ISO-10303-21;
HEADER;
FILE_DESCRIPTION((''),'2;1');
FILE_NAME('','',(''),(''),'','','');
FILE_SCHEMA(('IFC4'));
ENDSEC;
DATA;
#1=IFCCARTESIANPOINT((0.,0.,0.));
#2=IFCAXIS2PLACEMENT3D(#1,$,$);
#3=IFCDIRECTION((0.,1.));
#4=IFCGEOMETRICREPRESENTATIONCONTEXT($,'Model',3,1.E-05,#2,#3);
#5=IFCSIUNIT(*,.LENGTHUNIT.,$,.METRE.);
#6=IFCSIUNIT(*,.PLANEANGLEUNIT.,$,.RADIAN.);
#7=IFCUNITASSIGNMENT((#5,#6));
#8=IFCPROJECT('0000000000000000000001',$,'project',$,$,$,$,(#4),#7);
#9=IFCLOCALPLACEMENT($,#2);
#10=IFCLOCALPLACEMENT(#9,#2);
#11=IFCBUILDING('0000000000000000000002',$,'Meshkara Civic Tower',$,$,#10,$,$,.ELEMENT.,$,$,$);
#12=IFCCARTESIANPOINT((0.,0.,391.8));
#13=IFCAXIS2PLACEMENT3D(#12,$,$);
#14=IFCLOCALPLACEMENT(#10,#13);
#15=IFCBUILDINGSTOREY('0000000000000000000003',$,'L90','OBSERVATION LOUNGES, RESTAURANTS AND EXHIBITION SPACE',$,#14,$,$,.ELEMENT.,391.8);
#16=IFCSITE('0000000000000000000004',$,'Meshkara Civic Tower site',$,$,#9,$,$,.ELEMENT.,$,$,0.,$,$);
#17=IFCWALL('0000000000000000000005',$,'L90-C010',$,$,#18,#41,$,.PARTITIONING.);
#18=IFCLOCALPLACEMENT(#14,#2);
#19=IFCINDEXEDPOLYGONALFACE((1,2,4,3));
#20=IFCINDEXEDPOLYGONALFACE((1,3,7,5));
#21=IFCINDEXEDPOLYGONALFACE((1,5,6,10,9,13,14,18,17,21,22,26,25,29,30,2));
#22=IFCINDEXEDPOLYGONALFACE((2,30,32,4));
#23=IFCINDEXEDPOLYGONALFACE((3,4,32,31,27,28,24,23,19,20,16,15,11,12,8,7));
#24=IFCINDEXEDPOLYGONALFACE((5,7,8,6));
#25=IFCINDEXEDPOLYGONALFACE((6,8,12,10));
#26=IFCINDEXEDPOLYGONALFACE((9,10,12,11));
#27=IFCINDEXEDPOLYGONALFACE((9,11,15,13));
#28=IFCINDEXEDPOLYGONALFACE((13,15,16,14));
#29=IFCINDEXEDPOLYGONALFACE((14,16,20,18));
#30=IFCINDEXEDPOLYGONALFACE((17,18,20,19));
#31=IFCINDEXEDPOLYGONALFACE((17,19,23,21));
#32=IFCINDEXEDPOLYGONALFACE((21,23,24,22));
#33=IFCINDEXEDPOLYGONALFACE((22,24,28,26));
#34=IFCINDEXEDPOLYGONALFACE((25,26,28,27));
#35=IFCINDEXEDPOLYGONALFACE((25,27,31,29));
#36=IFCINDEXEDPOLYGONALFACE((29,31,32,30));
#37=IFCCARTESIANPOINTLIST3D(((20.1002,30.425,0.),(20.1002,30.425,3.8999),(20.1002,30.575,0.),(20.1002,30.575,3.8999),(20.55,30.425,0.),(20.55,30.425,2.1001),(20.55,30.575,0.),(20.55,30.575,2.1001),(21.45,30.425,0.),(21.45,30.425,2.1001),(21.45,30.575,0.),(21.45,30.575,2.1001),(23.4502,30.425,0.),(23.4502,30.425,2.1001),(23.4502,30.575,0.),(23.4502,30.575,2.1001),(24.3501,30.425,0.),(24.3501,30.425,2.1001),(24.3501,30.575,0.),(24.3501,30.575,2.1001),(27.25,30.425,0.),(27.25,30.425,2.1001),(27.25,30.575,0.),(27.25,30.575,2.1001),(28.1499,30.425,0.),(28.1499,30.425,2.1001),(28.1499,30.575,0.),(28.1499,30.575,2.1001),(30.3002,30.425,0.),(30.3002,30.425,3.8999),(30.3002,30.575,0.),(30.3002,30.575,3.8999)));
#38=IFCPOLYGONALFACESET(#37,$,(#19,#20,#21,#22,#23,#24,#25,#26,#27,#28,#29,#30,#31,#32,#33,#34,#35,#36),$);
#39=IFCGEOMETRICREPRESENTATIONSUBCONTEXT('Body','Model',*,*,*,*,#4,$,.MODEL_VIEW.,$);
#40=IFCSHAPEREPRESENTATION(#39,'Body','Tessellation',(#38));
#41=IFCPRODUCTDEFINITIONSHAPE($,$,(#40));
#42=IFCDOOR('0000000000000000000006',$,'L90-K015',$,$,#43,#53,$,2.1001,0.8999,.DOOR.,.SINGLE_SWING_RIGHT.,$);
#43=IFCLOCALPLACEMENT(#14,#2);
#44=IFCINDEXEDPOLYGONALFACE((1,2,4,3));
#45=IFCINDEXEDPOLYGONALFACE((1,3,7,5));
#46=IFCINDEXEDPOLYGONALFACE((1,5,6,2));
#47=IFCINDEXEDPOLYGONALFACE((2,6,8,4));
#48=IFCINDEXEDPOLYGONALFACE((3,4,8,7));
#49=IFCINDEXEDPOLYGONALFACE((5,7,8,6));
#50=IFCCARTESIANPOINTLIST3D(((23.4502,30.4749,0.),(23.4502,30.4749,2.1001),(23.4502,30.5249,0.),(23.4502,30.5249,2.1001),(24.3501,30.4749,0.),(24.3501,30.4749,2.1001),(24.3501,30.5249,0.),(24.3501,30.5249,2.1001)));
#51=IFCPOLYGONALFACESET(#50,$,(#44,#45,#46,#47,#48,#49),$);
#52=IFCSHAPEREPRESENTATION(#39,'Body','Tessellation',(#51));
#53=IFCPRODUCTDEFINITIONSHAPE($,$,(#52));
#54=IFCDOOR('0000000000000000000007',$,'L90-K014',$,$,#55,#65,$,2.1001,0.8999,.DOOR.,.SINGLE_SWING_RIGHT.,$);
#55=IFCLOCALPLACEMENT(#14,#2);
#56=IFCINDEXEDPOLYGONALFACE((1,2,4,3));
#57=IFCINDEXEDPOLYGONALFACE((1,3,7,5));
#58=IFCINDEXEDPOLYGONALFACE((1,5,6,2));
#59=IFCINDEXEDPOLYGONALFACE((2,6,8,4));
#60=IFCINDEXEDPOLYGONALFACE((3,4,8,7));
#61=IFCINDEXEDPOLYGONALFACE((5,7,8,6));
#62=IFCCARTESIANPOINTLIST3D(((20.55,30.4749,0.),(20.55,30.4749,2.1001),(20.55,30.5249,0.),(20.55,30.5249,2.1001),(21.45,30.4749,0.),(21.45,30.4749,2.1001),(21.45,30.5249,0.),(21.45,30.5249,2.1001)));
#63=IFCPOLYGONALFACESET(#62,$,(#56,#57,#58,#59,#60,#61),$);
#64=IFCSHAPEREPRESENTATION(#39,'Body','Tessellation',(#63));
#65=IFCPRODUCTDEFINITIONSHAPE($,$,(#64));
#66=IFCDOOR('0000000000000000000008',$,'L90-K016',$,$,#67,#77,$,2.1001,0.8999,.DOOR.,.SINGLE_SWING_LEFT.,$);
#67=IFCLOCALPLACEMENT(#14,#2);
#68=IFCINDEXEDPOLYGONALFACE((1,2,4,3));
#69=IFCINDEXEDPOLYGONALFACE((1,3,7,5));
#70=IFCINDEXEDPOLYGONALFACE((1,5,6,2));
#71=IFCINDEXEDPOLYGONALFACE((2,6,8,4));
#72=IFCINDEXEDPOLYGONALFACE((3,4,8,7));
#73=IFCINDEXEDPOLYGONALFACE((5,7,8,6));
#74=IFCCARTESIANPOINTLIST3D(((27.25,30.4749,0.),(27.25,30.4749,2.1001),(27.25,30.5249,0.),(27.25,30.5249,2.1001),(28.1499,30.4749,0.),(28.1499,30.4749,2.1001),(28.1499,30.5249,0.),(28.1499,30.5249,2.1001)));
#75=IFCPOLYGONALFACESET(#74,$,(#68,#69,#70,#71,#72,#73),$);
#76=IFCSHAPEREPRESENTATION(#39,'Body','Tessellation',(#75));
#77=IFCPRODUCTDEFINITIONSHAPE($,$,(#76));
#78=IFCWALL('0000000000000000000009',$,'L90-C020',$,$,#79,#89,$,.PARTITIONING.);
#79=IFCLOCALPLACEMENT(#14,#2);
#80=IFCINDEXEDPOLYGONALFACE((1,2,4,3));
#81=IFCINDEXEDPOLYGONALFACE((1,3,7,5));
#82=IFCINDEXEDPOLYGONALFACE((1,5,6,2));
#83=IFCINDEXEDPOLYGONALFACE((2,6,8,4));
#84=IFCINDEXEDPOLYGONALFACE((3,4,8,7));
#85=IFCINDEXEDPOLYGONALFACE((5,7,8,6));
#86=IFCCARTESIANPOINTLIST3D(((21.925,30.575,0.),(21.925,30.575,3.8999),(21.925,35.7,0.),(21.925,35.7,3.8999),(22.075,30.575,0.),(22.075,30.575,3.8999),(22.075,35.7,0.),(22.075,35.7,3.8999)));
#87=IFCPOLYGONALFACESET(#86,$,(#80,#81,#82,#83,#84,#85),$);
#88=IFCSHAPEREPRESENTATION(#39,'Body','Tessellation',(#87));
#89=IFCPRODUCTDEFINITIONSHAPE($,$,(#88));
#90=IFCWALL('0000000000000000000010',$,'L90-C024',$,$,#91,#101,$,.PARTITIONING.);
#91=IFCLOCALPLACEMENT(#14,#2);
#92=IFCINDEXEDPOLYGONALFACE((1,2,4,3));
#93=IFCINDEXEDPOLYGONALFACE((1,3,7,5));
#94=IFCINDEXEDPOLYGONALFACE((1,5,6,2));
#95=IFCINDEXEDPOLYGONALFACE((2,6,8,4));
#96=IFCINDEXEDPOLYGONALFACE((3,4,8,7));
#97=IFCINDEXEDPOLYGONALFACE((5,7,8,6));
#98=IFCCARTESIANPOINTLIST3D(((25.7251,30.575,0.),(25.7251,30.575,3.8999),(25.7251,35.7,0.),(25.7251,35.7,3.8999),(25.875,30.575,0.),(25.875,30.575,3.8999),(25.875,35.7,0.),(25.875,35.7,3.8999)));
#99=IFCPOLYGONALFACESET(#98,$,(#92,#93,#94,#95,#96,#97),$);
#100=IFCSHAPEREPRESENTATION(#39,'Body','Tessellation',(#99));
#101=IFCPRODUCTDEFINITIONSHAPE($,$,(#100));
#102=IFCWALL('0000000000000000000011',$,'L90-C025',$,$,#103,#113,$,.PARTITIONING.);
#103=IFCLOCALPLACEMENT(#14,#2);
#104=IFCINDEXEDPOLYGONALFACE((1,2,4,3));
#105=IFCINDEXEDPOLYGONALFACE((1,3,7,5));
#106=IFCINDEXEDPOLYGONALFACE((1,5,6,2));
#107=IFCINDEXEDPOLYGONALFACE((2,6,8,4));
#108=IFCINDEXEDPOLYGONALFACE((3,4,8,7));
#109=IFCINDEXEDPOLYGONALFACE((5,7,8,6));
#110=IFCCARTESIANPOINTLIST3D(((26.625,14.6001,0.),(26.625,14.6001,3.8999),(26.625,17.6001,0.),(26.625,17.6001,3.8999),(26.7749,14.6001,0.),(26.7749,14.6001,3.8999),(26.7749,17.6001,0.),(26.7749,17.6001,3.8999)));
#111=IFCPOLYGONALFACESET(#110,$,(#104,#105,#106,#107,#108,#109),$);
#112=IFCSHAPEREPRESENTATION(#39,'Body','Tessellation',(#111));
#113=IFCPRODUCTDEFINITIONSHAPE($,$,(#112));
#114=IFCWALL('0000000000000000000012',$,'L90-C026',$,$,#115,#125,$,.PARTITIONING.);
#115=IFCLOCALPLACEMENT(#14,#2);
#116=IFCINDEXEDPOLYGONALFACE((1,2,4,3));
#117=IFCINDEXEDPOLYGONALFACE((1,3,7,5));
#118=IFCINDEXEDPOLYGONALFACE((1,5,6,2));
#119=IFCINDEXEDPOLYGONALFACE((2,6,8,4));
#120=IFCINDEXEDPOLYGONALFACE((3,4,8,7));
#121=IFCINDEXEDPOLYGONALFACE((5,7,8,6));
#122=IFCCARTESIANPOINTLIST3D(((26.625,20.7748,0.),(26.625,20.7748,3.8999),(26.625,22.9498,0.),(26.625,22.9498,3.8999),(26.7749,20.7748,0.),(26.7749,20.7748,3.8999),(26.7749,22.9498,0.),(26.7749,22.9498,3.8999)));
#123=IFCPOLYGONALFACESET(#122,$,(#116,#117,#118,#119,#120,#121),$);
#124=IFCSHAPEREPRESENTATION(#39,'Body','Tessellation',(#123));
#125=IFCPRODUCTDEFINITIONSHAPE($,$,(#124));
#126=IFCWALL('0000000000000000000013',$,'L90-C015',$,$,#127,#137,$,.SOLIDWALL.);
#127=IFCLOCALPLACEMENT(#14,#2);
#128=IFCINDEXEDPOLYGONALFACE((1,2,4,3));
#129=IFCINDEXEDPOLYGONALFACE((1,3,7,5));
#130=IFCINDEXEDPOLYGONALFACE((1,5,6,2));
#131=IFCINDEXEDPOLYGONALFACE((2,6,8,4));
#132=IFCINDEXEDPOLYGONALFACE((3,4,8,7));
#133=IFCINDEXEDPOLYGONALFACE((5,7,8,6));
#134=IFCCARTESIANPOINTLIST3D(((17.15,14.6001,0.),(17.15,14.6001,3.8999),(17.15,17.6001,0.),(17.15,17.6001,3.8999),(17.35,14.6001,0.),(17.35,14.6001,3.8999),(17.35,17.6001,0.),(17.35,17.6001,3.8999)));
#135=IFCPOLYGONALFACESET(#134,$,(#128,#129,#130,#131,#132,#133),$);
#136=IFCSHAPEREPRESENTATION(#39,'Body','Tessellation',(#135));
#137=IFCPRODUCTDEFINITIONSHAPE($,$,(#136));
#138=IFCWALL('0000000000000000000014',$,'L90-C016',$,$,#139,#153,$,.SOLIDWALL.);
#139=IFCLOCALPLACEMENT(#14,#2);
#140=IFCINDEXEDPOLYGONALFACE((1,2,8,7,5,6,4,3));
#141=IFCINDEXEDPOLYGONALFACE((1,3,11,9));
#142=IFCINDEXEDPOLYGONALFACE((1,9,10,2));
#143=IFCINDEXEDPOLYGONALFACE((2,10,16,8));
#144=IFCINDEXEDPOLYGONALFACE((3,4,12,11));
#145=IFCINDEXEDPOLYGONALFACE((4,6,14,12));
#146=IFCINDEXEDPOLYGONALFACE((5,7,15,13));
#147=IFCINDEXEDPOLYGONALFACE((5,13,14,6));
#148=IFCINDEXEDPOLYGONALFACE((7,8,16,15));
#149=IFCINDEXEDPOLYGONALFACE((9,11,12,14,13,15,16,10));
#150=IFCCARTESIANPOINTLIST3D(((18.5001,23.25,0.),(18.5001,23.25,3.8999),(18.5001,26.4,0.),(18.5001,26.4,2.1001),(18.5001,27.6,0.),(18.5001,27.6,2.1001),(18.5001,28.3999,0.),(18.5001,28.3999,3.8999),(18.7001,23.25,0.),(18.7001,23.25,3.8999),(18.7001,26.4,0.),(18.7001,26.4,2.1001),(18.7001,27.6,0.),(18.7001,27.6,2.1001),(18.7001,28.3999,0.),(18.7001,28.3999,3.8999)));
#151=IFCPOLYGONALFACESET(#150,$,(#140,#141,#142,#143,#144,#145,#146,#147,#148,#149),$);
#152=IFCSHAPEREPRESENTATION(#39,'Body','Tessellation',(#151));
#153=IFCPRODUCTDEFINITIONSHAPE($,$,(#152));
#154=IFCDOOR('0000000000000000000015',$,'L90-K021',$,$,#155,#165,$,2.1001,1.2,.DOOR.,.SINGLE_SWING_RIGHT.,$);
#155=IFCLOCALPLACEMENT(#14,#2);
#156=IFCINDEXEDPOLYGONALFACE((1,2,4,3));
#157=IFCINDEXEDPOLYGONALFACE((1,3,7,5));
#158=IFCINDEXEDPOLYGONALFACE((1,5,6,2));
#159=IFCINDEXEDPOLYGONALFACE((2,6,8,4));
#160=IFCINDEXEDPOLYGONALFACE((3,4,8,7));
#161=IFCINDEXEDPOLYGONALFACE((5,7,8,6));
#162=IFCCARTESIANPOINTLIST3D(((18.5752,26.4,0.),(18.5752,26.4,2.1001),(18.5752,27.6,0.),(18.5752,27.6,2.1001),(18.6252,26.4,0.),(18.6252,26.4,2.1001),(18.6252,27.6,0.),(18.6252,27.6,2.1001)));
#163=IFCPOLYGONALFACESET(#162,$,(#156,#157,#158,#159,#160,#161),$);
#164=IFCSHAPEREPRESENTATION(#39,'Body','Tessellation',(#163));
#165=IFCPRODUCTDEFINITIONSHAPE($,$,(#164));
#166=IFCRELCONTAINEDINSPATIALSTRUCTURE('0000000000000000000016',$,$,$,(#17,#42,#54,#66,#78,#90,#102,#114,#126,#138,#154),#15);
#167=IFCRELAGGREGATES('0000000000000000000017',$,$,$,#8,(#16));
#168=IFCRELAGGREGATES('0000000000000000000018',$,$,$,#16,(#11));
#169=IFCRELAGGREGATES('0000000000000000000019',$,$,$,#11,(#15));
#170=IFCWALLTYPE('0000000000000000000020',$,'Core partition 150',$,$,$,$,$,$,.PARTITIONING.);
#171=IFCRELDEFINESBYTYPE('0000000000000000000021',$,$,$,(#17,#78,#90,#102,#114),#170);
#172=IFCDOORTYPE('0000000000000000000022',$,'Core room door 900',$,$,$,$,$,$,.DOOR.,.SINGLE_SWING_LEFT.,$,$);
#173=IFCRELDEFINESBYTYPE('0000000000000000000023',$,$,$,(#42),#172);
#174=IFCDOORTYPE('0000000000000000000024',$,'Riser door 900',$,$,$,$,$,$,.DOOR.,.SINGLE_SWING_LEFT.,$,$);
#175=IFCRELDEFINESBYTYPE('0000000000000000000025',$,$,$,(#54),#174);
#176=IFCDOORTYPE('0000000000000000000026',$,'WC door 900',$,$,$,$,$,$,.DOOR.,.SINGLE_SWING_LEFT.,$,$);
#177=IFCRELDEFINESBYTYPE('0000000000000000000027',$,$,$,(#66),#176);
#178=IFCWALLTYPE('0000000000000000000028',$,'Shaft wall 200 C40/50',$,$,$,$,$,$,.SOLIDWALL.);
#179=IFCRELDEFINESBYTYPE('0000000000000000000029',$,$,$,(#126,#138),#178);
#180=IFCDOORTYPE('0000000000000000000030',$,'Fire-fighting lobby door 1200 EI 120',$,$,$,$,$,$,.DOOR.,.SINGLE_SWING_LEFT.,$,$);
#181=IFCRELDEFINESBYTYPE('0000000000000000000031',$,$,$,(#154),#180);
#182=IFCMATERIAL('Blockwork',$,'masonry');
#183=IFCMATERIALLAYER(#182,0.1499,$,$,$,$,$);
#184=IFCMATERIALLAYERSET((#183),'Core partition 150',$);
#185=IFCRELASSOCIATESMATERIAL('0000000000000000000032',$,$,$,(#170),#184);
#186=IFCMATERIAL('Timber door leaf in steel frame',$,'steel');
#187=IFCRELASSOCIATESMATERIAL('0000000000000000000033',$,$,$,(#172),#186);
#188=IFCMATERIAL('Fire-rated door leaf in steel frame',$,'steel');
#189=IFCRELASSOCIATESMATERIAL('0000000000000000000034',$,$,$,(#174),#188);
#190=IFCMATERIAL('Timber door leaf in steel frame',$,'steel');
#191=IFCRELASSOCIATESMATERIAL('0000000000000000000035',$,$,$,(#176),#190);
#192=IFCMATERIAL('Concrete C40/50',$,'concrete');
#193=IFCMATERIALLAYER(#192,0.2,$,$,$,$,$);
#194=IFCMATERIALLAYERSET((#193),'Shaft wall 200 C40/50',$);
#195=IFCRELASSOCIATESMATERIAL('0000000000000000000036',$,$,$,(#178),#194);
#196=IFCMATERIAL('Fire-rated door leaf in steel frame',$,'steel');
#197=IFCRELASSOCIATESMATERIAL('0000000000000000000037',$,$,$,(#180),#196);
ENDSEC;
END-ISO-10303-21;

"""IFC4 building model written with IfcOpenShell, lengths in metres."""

from ifc_helpers import new_model, si_unit, direction, frame, frame_2d, origin, place, context, subcontext, project, spatial, rectangle, extrude, material, layer, layer_set, type_object, element, fill, save


model = new_model("IFC4")

# Units and contexts
model_context = context("Model", 3, precision=1e-05, world=origin(), true_north=direction((0.0, 1.0)))
body_context = subcontext(model_context, "Body", "Model", "MODEL_VIEW")
ifc_project = project(units=[si_unit("LENGTHUNIT", "METRE"), si_unit("PLANEANGLEUNIT", "RADIAN")], contexts=[model_context])

# Site, building, storey
site_placement = place(None, origin())
site = spatial("IfcSite", under=ifc_project, at=site_placement, Name="Meshkara Civic Tower site", CompositionType="ELEMENT", RefElevation=0.0)
building_placement = place(site_placement, origin())
building = spatial("IfcBuilding", under=site, at=building_placement, Name="Meshkara Civic Tower", CompositionType="ELEMENT")
storey_placement = place(building_placement, frame((0.0, 0.0, 391.8)))
storey = spatial("IfcBuildingStorey", under=building, at=storey_placement, Name="L90", Description="OBSERVATION LOUNGES, RESTAURANTS AND EXHIBITION SPACE", CompositionType="ELEMENT", Elevation=391.8)

# Wall, openings, doors
ifc_material_1 = material(Name="Blockwork", Category="masonry")
ifc_layer_1 = layer(ifc_material_1, 0.1499)
ifc_layer_set_1 = layer_set([ifc_layer_1], Name="Core partition 150")
wall_type_1 = type_object("IfcWallType", Name="Core partition 150", PredefinedType="PARTITIONING", material=ifc_layer_set_1)
wall_1_placement = place(storey_placement, frame((20.1001, 30.5, 0.0), z_axis=(0.0, 0.0, 1.0), x_axis=(1.0, 0.0, 0.0)))
wall_1 = element("IfcWall", 1, at=wall_1_placement, inside=storey, type_object=wall_type_1, Name="L90-C010", PredefinedType="PARTITIONING", context=body_context, shape_type="SweptSolid", body=[
    extrude(rectangle(XDim=10.2, YDim=0.1499, at=frame_2d((5.1001, 0.0))), origin(), (0.0, 0.0, 1.0), 3.8999),
])
opening_1_placement = place(wall_1_placement, frame((0.45, 0.0, 0.0)))
opening_1 = element("IfcOpeningElement", 2, at=opening_1_placement, cuts=wall_1, PredefinedType="OPENING", context=body_context, shape_type="SweptSolid", body=[
    extrude(rectangle(XDim=0.8999, YDim=2.1001, at=frame_2d((0.45, 1.05))), frame((0.0, 0.085, 0.0), z_axis=(0.0, -1.0, 0.0), x_axis=(1.0, 0.0, 0.0)), (0.0, 0.0, 1.0), 0.1699),
])
opening_2_placement = place(wall_1_placement, frame((3.3501, 0.0, 0.0)))
opening_2 = element("IfcOpeningElement", 3, at=opening_2_placement, cuts=wall_1, PredefinedType="OPENING", context=body_context, shape_type="SweptSolid", body=[
    extrude(rectangle(XDim=0.8999, YDim=2.1001, at=frame_2d((0.45, 1.05))), frame((0.0, 0.085, 0.0), z_axis=(0.0, -1.0, 0.0), x_axis=(1.0, 0.0, 0.0)), (0.0, 0.0, 1.0), 0.1699),
])
opening_3_placement = place(wall_1_placement, frame((7.1499, 0.0, 0.0)))
opening_3 = element("IfcOpeningElement", 4, at=opening_3_placement, cuts=wall_1, PredefinedType="OPENING", context=body_context, shape_type="SweptSolid", body=[
    extrude(rectangle(XDim=0.8999, YDim=2.1001, at=frame_2d((0.45, 1.05))), frame((0.0, 0.085, 0.0), z_axis=(0.0, -1.0, 0.0), x_axis=(1.0, 0.0, 0.0)), (0.0, 0.0, 1.0), 0.1699),
])
ifc_material_2 = material(Name="Timber door leaf in steel frame", Category="steel")
door_type_1 = type_object("IfcDoorType", Name="Core room door 900", OperationType="SINGLE_SWING_LEFT", PredefinedType="DOOR", material=ifc_material_2)
door_1_placement = place(opening_2_placement, origin())
door_1 = element("IfcDoor", 5, at=door_1_placement, inside=storey, type_object=door_type_1, Name="L90-K015", OperationType="SINGLE_SWING_RIGHT", OverallHeight=2.1001, OverallWidth=0.8999, PredefinedType="DOOR", context=body_context, shape_type="SweptSolid", body=[
    extrude(rectangle(XDim=0.8999, YDim=2.1001, at=frame_2d((0.45, 1.05))), frame((0.0, 0.0249, 0.0), z_axis=(0.0, -1.0, 0.0), x_axis=(1.0, 0.0, 0.0)), (0.0, 0.0, 1.0), 0.05),
])
fill(opening_2, door_1)
ifc_material_3 = material(Name="Fire-rated door leaf in steel frame", Category="steel")
door_type_2 = type_object("IfcDoorType", Name="Riser door 900", OperationType="SINGLE_SWING_LEFT", PredefinedType="DOOR", material=ifc_material_3)
door_2_placement = place(opening_1_placement, origin())
door_2 = element("IfcDoor", 6, at=door_2_placement, inside=storey, type_object=door_type_2, Name="L90-K014", OperationType="SINGLE_SWING_RIGHT", OverallHeight=2.1001, OverallWidth=0.8999, PredefinedType="DOOR", context=body_context, shape_type="SweptSolid", body=[
    extrude(rectangle(XDim=0.8999, YDim=2.1001, at=frame_2d((0.45, 1.05))), frame((0.0, 0.0249, 0.0), z_axis=(0.0, -1.0, 0.0), x_axis=(1.0, 0.0, 0.0)), (0.0, 0.0, 1.0), 0.05),
])
fill(opening_1, door_2)
ifc_material_4 = material(Name="Timber door leaf in steel frame", Category="steel")
door_type_3 = type_object("IfcDoorType", Name="WC door 900", OperationType="SINGLE_SWING_LEFT", PredefinedType="DOOR", material=ifc_material_4)
door_3_placement = place(opening_3_placement, origin())
door_3 = element("IfcDoor", 7, at=door_3_placement, inside=storey, type_object=door_type_3, Name="L90-K016", OperationType="SINGLE_SWING_LEFT", OverallHeight=2.1001, OverallWidth=0.8999, PredefinedType="DOOR", context=body_context, shape_type="SweptSolid", body=[
    extrude(rectangle(XDim=0.8999, YDim=2.1001, at=frame_2d((0.45, 1.05))), frame((0.0, 0.0249, 0.0), z_axis=(0.0, -1.0, 0.0), x_axis=(1.0, 0.0, 0.0)), (0.0, 0.0, 1.0), 0.05),
])
fill(opening_3, door_3)

# Walls
for number, where, z_axis, x_axis, name in (
    (8, (22.0, 30.575, 0.0), (0.0, 0.0, 1.0), (0.0, 1.0, 0.0), "L90-C020"),
    (9, (25.8, 30.575, 0.0), (0.0, 0.0, 1.0), (0.0, 1.0, 0.0), "L90-C024"),
):
    element("IfcWall", number, at=place(storey_placement, frame(where, z_axis=z_axis, x_axis=x_axis)), inside=storey, type_object=wall_type_1, Name=name, PredefinedType="PARTITIONING", context=body_context, shape_type="SweptSolid", body=[
        extrude(rectangle(XDim=5.125, YDim=0.1499, at=frame_2d((2.5625, 0.0))), origin(), (0.0, 0.0, 1.0), 3.8999),
    ])
wall_2_placement = place(storey_placement, frame((26.7, 14.6001, 0.0), z_axis=(0.0, 0.0, 1.0), x_axis=(0.0, 1.0, 0.0)))
element("IfcWall", 10, at=wall_2_placement, inside=storey, type_object=wall_type_1, Name="L90-C025", PredefinedType="PARTITIONING", context=body_context, shape_type="SweptSolid", body=[
    extrude(rectangle(XDim=3.0, YDim=0.1499, at=frame_2d((1.5, 0.0))), origin(), (0.0, 0.0, 1.0), 3.8999),
])
wall_3_placement = place(storey_placement, frame((26.7, 20.7749, 0.0), z_axis=(0.0, 0.0, 1.0), x_axis=(0.0, 1.0, 0.0)))
element("IfcWall", 11, at=wall_3_placement, inside=storey, type_object=wall_type_1, Name="L90-C026", PredefinedType="PARTITIONING", context=body_context, shape_type="SweptSolid", body=[
    extrude(rectangle(XDim=2.175, YDim=0.1499, at=frame_2d((1.0874, 0.0))), origin(), (0.0, 0.0, 1.0), 3.8999),
])
ifc_material_5 = material(Name="Concrete C40/50", Category="concrete")
ifc_layer_2 = layer(ifc_material_5, 0.2)
ifc_layer_set_2 = layer_set([ifc_layer_2], Name="Shaft wall 200 C40/50")
wall_type_2 = type_object("IfcWallType", Name="Shaft wall 200 C40/50", PredefinedType="SOLIDWALL", material=ifc_layer_set_2)
wall_4_placement = place(storey_placement, frame((17.25, 14.6001, 0.0), z_axis=(0.0, 0.0, 1.0), x_axis=(0.0, 1.0, 0.0)))
element("IfcWall", 12, at=wall_4_placement, inside=storey, type_object=wall_type_2, Name="L90-C015", PredefinedType="SOLIDWALL", context=body_context, shape_type="SweptSolid", body=[
    extrude(rectangle(XDim=3.0, YDim=0.2, at=frame_2d((1.5, 0.0))), origin(), (0.0, 0.0, 1.0), 3.8999),
])

# Wall, opening, door
wall_5_placement = place(storey_placement, frame((18.6001, 23.25, 0.0), z_axis=(0.0, 0.0, 1.0), x_axis=(0.0, 1.0, 0.0)))
wall_5 = element("IfcWall", 13, at=wall_5_placement, inside=storey, type_object=wall_type_2, Name="L90-C016", PredefinedType="SOLIDWALL", context=body_context, shape_type="SweptSolid", body=[
    extrude(rectangle(XDim=5.1499, YDim=0.2, at=frame_2d((2.575, 0.0))), origin(), (0.0, 0.0, 1.0), 3.8999),
])
opening_4_placement = place(wall_5_placement, frame((3.1499, 0.0, 0.0)))
opening_4 = element("IfcOpeningElement", 14, at=opening_4_placement, cuts=wall_5, PredefinedType="OPENING", context=body_context, shape_type="SweptSolid", body=[
    extrude(rectangle(XDim=1.2, YDim=2.1001, at=frame_2d((0.6001, 1.05))), frame((0.0, 0.1099, 0.0), z_axis=(0.0, -1.0, 0.0), x_axis=(1.0, 0.0, 0.0)), (0.0, 0.0, 1.0), 0.22),
])
ifc_material_6 = material(Name="Fire-rated door leaf in steel frame", Category="steel")
door_type_4 = type_object("IfcDoorType", Name="Fire-fighting lobby door 1200 EI 120", OperationType="SINGLE_SWING_LEFT", PredefinedType="DOOR", material=ifc_material_6)
door_4_placement = place(opening_4_placement, origin())
door_4 = element("IfcDoor", 15, at=door_4_placement, inside=storey, type_object=door_type_4, Name="L90-K021", OperationType="SINGLE_SWING_RIGHT", OverallHeight=2.1001, OverallWidth=1.2, PredefinedType="DOOR", context=body_context, shape_type="SweptSolid", body=[
    extrude(rectangle(XDim=1.2, YDim=2.1001, at=frame_2d((0.6001, 1.05))), frame((0.0, 0.0249, 0.0), z_axis=(0.0, -1.0, 0.0), x_axis=(1.0, 0.0, 0.0)), (0.0, 0.0, 1.0), 0.05),
])
fill(opening_4, door_4)

save(model, "model.ifc")
